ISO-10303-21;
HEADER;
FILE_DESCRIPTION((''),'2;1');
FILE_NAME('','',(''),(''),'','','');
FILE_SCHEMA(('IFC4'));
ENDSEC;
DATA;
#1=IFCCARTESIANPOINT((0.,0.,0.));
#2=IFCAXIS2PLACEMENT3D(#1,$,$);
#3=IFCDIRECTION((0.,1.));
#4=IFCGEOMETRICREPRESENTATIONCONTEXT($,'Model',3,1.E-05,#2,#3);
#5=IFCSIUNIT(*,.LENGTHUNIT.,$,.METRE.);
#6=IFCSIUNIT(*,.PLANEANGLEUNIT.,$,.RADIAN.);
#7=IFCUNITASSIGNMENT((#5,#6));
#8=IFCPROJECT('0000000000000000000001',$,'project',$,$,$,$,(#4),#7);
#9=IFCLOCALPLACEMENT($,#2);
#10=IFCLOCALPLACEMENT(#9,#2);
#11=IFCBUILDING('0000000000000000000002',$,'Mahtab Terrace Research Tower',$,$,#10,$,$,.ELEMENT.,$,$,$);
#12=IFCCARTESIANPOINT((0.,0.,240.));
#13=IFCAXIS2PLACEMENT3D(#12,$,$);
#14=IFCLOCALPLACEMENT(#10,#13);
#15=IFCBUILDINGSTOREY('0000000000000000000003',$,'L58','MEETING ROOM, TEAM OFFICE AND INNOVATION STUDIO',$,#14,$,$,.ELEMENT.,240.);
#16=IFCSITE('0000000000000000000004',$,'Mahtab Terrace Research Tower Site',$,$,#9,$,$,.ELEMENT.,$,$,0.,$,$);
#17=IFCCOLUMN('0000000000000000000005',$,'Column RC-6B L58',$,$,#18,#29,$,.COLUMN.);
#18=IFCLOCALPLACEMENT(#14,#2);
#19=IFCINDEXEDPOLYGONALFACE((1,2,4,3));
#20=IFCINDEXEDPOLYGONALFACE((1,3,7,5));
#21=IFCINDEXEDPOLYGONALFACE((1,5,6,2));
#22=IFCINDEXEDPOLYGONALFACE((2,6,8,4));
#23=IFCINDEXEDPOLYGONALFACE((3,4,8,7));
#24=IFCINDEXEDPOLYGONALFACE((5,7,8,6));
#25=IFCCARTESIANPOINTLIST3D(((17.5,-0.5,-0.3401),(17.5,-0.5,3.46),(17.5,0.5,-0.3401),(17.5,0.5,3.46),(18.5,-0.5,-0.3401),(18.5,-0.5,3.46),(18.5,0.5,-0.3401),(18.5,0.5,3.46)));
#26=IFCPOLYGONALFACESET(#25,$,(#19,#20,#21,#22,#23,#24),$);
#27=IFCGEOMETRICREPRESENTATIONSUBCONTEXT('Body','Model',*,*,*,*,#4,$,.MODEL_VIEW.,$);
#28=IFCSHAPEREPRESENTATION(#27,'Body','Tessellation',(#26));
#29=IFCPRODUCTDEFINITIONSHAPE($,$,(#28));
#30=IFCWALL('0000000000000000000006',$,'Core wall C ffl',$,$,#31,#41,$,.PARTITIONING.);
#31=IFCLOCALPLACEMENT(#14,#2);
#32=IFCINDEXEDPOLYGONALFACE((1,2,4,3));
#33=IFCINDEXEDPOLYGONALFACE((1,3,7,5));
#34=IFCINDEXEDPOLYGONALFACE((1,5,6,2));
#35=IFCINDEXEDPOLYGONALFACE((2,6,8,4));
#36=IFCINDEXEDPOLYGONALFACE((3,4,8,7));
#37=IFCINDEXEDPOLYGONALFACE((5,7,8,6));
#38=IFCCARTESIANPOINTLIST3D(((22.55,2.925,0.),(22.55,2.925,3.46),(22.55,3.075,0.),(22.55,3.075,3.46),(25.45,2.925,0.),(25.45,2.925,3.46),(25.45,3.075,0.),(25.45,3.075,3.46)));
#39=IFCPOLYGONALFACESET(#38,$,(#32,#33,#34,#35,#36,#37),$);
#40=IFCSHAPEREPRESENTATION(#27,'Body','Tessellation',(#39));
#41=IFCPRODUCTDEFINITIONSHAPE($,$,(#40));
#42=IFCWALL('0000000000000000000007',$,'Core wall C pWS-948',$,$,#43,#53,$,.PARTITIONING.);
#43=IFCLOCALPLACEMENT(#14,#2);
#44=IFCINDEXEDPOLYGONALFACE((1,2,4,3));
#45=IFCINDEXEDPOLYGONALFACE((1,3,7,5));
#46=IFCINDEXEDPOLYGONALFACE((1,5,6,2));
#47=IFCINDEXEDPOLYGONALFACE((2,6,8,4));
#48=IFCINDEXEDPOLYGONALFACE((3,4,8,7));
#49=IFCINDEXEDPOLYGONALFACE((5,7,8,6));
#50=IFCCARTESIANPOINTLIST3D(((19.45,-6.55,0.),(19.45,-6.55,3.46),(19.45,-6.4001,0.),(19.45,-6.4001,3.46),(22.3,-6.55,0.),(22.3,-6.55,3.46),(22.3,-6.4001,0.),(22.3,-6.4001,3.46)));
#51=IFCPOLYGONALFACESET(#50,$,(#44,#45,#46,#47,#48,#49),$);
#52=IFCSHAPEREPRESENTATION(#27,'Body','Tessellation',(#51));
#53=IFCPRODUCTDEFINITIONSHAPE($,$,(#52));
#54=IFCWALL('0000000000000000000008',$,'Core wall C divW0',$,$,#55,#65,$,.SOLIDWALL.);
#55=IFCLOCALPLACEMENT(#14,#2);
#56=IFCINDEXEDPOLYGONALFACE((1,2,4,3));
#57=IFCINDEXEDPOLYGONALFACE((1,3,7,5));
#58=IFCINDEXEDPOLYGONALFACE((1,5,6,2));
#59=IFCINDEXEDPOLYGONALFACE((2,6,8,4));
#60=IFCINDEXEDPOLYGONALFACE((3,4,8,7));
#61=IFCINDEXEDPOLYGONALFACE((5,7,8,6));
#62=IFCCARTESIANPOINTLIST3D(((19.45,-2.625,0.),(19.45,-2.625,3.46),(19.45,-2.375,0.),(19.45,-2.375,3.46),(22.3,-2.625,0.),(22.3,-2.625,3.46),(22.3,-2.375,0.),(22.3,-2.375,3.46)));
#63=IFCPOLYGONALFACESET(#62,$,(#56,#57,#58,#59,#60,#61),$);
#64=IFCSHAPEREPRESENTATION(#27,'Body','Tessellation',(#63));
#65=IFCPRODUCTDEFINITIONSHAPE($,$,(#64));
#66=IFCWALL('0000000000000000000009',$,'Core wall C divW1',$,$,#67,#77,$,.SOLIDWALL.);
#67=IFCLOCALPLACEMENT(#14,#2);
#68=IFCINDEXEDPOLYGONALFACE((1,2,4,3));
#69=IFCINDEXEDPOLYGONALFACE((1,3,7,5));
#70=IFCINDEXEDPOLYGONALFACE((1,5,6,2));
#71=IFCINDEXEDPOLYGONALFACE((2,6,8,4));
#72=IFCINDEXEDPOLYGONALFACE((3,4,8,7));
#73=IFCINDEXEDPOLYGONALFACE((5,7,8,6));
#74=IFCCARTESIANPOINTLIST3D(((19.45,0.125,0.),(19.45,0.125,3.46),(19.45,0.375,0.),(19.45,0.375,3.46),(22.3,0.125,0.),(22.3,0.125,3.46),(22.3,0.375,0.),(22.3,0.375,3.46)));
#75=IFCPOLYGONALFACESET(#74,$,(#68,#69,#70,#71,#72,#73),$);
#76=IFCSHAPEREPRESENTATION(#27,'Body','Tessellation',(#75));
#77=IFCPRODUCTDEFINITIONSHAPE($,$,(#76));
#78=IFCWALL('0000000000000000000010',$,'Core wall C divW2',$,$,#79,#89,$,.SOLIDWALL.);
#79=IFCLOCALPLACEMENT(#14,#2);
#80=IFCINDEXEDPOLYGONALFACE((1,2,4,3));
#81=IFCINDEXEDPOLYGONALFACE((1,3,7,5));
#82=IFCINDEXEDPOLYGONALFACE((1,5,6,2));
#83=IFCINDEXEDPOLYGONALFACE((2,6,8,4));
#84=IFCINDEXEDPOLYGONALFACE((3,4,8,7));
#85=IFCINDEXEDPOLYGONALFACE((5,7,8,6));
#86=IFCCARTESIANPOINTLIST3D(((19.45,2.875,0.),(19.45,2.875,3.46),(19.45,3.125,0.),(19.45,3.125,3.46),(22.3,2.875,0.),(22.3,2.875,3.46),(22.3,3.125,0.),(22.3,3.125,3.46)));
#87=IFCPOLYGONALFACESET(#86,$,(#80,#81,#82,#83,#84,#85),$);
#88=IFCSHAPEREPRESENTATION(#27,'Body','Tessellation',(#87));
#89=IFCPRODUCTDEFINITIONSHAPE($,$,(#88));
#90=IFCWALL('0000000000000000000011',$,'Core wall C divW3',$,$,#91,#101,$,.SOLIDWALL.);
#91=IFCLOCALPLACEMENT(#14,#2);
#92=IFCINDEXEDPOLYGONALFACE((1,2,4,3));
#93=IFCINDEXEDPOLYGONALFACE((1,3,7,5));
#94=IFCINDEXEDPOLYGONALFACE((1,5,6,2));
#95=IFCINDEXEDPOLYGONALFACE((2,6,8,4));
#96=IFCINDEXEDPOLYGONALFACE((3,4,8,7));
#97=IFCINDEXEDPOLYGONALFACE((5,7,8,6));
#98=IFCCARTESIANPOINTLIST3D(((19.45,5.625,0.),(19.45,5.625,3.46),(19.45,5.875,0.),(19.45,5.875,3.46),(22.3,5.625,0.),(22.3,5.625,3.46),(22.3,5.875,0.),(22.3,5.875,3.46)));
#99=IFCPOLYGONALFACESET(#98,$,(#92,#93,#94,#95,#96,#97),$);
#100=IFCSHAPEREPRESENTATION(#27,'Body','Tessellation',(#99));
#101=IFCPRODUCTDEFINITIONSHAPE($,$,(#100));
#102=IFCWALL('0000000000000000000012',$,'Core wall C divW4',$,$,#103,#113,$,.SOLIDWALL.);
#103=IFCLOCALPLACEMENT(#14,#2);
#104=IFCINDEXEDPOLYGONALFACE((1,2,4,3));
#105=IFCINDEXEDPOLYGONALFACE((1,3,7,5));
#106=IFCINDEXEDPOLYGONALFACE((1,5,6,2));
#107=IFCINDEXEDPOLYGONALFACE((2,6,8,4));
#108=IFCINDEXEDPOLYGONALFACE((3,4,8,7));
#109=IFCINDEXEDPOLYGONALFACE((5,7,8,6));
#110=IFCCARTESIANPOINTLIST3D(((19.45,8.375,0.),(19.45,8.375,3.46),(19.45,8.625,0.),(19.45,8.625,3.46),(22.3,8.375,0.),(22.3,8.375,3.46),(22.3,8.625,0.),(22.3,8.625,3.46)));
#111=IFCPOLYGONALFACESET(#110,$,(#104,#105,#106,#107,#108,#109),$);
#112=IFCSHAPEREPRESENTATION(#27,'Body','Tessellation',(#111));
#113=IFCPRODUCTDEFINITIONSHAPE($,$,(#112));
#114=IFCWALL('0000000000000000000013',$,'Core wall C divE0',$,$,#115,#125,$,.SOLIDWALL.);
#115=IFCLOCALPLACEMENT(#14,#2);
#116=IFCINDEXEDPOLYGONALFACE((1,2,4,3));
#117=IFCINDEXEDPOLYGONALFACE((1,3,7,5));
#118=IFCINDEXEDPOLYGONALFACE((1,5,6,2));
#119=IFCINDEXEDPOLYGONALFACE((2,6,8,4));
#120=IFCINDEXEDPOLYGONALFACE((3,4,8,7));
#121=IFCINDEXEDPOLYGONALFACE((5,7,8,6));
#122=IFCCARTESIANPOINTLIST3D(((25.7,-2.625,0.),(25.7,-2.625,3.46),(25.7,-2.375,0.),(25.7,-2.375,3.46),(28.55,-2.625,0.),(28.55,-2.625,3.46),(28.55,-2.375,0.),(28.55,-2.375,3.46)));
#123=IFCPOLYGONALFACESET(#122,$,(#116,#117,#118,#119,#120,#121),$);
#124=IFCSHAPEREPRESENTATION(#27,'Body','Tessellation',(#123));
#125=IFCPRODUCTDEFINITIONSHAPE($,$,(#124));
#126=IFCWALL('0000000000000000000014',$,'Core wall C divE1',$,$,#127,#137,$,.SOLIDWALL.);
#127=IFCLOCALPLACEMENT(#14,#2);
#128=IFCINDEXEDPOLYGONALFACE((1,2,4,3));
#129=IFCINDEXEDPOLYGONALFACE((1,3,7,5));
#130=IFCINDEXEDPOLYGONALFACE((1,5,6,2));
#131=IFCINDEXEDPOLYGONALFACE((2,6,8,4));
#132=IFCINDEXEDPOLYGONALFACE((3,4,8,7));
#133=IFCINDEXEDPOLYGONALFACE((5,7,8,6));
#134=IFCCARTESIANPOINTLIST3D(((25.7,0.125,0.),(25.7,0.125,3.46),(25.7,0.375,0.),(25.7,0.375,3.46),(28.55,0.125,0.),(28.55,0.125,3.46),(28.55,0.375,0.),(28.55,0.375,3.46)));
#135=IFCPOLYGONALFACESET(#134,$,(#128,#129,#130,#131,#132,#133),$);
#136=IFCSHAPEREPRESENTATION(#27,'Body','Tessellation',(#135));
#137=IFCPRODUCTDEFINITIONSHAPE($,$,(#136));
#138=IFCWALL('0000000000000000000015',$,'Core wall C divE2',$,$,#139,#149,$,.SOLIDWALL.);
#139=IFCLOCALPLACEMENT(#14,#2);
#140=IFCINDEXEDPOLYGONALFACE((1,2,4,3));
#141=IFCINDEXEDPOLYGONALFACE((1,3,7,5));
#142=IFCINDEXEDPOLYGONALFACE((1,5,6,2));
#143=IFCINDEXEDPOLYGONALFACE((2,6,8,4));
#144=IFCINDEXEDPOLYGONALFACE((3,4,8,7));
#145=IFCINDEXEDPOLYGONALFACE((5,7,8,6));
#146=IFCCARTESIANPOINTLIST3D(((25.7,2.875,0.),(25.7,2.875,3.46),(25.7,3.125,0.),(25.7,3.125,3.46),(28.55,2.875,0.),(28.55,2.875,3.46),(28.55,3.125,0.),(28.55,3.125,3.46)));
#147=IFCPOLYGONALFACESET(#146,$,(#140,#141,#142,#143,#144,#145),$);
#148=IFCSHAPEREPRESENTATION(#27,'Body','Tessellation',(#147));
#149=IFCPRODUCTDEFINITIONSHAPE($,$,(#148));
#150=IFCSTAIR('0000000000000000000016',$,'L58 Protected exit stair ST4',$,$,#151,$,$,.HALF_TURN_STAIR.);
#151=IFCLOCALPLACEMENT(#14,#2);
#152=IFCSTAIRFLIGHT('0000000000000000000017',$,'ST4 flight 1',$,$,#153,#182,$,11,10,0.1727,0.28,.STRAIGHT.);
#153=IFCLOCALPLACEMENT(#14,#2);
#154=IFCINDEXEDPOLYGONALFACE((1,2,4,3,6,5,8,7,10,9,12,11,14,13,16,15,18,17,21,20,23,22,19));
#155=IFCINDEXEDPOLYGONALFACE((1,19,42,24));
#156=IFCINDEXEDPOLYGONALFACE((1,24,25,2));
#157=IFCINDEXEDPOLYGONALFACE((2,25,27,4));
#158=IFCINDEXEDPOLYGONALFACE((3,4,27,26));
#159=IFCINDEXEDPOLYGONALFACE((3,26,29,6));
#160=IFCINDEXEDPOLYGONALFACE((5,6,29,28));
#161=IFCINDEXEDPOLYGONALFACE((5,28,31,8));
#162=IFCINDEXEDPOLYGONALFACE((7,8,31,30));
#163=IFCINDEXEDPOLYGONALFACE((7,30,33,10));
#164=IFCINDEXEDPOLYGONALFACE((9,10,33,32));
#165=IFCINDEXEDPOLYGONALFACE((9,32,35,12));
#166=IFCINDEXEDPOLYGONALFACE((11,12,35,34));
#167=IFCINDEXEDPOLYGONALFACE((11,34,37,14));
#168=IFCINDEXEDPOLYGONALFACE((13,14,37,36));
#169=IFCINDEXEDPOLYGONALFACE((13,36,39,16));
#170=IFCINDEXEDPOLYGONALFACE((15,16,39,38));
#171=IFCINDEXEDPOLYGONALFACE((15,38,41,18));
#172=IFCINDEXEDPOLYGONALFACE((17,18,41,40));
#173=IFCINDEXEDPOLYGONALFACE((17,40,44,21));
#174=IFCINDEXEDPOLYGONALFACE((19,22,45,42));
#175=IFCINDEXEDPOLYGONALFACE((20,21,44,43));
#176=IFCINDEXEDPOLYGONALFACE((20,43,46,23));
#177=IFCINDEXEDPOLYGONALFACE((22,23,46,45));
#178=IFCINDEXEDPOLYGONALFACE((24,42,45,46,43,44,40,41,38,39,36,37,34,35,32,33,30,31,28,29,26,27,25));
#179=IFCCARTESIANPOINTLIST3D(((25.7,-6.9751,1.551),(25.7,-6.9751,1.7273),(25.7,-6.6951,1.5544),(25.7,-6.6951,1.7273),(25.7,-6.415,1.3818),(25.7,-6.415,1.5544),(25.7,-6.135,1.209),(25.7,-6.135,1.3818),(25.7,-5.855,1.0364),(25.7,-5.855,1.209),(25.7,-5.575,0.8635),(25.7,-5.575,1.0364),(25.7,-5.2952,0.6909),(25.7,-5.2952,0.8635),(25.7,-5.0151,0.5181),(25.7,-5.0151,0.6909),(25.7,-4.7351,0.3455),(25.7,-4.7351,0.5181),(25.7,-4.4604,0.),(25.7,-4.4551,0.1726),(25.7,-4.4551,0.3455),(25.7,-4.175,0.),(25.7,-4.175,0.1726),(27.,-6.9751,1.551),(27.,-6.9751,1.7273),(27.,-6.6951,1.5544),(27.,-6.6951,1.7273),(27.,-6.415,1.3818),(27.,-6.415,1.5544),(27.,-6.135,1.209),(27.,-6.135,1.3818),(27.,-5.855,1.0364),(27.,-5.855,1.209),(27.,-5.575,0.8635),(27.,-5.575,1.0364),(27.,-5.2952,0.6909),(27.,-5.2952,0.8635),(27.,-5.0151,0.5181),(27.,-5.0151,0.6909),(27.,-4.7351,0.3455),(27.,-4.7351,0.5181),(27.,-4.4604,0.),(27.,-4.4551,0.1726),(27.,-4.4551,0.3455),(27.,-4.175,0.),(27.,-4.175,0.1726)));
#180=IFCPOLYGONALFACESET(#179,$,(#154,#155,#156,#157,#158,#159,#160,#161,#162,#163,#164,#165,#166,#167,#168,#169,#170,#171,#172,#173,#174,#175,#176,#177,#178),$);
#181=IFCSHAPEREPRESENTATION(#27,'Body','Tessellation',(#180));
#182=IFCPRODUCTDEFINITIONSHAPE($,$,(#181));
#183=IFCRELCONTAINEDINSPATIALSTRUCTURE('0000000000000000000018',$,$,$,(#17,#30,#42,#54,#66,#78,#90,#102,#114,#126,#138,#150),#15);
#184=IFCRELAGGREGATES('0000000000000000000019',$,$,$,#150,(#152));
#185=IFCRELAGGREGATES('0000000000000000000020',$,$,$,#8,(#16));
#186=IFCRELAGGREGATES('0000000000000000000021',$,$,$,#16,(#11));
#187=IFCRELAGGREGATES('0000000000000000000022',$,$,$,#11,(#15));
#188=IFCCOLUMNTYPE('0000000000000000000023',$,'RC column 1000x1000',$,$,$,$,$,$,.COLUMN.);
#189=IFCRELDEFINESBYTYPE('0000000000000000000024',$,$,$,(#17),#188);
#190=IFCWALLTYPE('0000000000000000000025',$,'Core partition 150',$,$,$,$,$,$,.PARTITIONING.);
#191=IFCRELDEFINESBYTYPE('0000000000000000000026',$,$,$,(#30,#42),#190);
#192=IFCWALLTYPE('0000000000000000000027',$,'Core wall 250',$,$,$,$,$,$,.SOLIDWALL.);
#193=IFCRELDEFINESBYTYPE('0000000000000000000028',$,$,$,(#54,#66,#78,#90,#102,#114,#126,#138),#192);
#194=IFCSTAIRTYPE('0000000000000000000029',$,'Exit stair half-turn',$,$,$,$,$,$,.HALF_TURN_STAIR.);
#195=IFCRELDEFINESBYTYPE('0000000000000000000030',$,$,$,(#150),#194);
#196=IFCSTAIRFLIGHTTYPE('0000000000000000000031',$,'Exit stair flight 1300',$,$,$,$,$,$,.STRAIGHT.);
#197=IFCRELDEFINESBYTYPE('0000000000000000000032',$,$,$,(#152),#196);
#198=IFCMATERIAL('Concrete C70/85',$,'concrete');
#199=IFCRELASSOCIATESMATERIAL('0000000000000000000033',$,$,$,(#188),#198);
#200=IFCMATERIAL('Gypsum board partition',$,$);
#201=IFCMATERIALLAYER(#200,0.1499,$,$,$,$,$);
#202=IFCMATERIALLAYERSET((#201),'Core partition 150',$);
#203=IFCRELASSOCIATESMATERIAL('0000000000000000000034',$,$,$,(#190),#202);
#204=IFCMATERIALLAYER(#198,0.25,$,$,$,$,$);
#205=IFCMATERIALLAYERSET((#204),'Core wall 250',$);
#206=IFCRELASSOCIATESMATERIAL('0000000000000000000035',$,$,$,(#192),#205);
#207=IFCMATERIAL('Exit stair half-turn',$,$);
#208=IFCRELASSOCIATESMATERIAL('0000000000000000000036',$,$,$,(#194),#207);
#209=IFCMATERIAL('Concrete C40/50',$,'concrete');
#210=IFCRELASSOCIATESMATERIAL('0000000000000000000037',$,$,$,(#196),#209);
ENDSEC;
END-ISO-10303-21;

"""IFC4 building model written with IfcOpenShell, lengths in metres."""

from ifc_helpers import new_model, si_unit, direction, frame, frame_2d, origin, origin_2d, place, context, subcontext, project, spatial, polyline, rectangle, outline, extrude, material, layer, layer_set, material_profile, profile_set, type_object, element, aggregate, save


model = new_model("IFC4")

# Units and contexts
model_context = context("Model", 3, precision=1e-05, world=origin(), true_north=direction((0.0, 1.0)))
body_context = subcontext(model_context, "Body", "Model", "MODEL_VIEW")
ifc_project = project(units=[si_unit("LENGTHUNIT", "METRE"), si_unit("PLANEANGLEUNIT", "RADIAN")], contexts=[model_context])

# Site, building, storey
site_placement = place(None, origin())
site = spatial("IfcSite", under=ifc_project, at=site_placement, Name="Mahtab Terrace Research Tower Site", CompositionType="ELEMENT", RefElevation=0.0)
building_placement = place(site_placement, origin())
building = spatial("IfcBuilding", under=site, at=building_placement, Name="Mahtab Terrace Research Tower", CompositionType="ELEMENT")
storey_placement = place(building_placement, frame((0.0, 0.0, 240.0)))
storey = spatial("IfcBuildingStorey", under=building, at=storey_placement, Name="L58", Description="MEETING ROOM, TEAM OFFICE AND INNOVATION STUDIO", CompositionType="ELEMENT", Elevation=240.0)

# Column
ifc_material_1 = material(Name="Concrete C70/85", Category="concrete")
ifc_material_profile = material_profile(ifc_material_1, rectangle(XDim=1.0, YDim=1.0, at=origin_2d()), Name="RC column 1000x1000")
ifc_profile_set = profile_set([ifc_material_profile], Name="Concrete C70/85")
column_type = type_object("IfcColumnType", Name="RC column 1000x1000", PredefinedType="COLUMN", material=ifc_profile_set)
column_placement = place(storey_placement, frame((18.0, 0.0, -0.3401), z_axis=(0.0, 0.0, 1.0), x_axis=(1.0, 0.0, 0.0)))
element("IfcColumn", 1, at=column_placement, inside=storey, type_object=column_type, Name="Column RC-6B L58", PredefinedType="COLUMN", context=body_context, shape_type="SweptSolid", body=[
    extrude(rectangle(XDim=1.0, YDim=1.0, at=origin_2d()), origin(), (0.0, 0.0, 1.0), 3.8),
])

# Walls
ifc_material_2 = material(Name="Gypsum board partition")
ifc_layer_1 = layer(ifc_material_2, 0.1499)
ifc_layer_set_1 = layer_set([ifc_layer_1], Name="Core partition 150")
wall_type_1 = type_object("IfcWallType", Name="Core partition 150", PredefinedType="PARTITIONING", material=ifc_layer_set_1)
wall_1_placement = place(storey_placement, frame((22.55, 3.0, 0.0), z_axis=(0.0, 0.0, 1.0), x_axis=(1.0, 0.0, 0.0)))
element("IfcWall", 2, at=wall_1_placement, inside=storey, type_object=wall_type_1, Name="Core wall C ffl", PredefinedType="PARTITIONING", context=body_context, shape_type="SweptSolid", body=[
    extrude(rectangle(XDim=2.8999, YDim=0.1499, at=frame_2d((1.45, 0.0))), origin(), (0.0, 0.0, 1.0), 3.46),
])
wall_2_placement = place(storey_placement, frame((19.45, -6.4751, 0.0), z_axis=(0.0, 0.0, 1.0), x_axis=(1.0, 0.0, 0.0)))
element("IfcWall", 3, at=wall_2_placement, inside=storey, type_object=wall_type_1, Name="Core wall C pWS-948", PredefinedType="PARTITIONING", context=body_context, shape_type="SweptSolid", body=[
    extrude(rectangle(XDim=2.8501, YDim=0.1499, at=frame_2d((1.425, 0.0))), origin(), (0.0, 0.0, 1.0), 3.46),
])
ifc_layer_2 = layer(ifc_material_1, 0.25)
ifc_layer_set_2 = layer_set([ifc_layer_2], Name="Core wall 250")
wall_type_2 = type_object("IfcWallType", Name="Core wall 250", PredefinedType="SOLIDWALL", material=ifc_layer_set_2)
for number, where, z_axis, x_axis, name in (
    (4, (19.45, -2.5, 0.0), (0.0, 0.0, 1.0), (1.0, 0.0, 0.0), "Core wall C divW0"),
    (5, (19.45, 0.25, 0.0), (0.0, 0.0, 1.0), (1.0, 0.0, 0.0), "Core wall C divW1"),
    (6, (19.45, 3.0, 0.0), (0.0, 0.0, 1.0), (1.0, 0.0, 0.0), "Core wall C divW2"),
    (7, (19.45, 5.75, 0.0), (0.0, 0.0, 1.0), (1.0, 0.0, 0.0), "Core wall C divW3"),
    (8, (19.45, 8.5, 0.0), (0.0, 0.0, 1.0), (1.0, 0.0, 0.0), "Core wall C divW4"),
    (9, (25.7, -2.5, 0.0), (0.0, 0.0, 1.0), (1.0, 0.0, 0.0), "Core wall C divE0"),
    (10, (25.7, 0.25, 0.0), (0.0, 0.0, 1.0), (1.0, 0.0, 0.0), "Core wall C divE1"),
    (11, (25.7, 3.0, 0.0), (0.0, 0.0, 1.0), (1.0, 0.0, 0.0), "Core wall C divE2"),
):
    element("IfcWall", number, at=place(storey_placement, frame(where, z_axis=z_axis, x_axis=x_axis)), inside=storey, type_object=wall_type_2, Name=name, PredefinedType="SOLIDWALL", context=body_context, shape_type="SweptSolid", body=[
        extrude(rectangle(XDim=2.8501, YDim=0.25, at=frame_2d((1.425, 0.0))), origin(), (0.0, 0.0, 1.0), 3.46),
    ])

# Stair, stair flight
ifc_material_3 = material(Name="Exit stair half-turn")
stair_type = type_object("IfcStairType", Name="Exit stair half-turn", PredefinedType="HALF_TURN_STAIR", material=ifc_material_3)
stair_placement = place(storey_placement, origin())
stair = element("IfcStair", 12, at=stair_placement, inside=storey, type_object=stair_type, Name="L58 Protected exit stair ST4", PredefinedType="HALF_TURN_STAIR")
ifc_material_4 = material(Name="Concrete C40/50", Category="concrete")
stair_flight_type = type_object("IfcStairFlightType", Name="Exit stair flight 1300", PredefinedType="STRAIGHT", material=ifc_material_4)
stair_flight_placement = place(storey_placement, frame((26.3501, -4.175, 0.0), z_axis=(0.0, 0.0, 1.0), x_axis=(0.0, -1.0, 0.0)))
stair_flight = element("IfcStairFlight", 13, at=stair_flight_placement, type_object=stair_flight_type, Name="ST4 flight 1", NumberOfRisers=11, NumberOfTreads=10, PredefinedType="STRAIGHT", RiserHeight=0.1727, TreadLength=0.28, context=body_context, shape_type="SweptSolid", body=[
    extrude(outline(polyline([(0.0, 0.0), (0.0, 0.1726), (0.28, 0.1726), (0.28, 0.3455), (0.5601, 0.3455), (0.5601, 0.5181), (0.8401, 0.5181), (0.8401, 0.6909), (1.1201, 0.6909), (1.1201, 0.8635), (1.3999, 0.8635), (1.3999, 1.0364), (1.6799, 1.0364), (1.6799, 1.209), (1.96, 1.209), (1.96, 1.3818), (2.24, 1.3818), (2.24, 1.5544), (2.52, 1.5544), (2.52, 1.7273), (2.8, 1.7273), (2.8, 1.8999), (2.8, 1.551), (0.2854, 0.0), (0.0, 0.0)])), frame((0.0, 0.6499, 0.0), z_axis=(0.0, -1.0, 0.0), x_axis=(1.0, 0.0, 0.0)), (0.0, 0.0, 1.0), 1.3),
])
aggregate(stair, [stair_flight])

save(model, "model.ifc")
